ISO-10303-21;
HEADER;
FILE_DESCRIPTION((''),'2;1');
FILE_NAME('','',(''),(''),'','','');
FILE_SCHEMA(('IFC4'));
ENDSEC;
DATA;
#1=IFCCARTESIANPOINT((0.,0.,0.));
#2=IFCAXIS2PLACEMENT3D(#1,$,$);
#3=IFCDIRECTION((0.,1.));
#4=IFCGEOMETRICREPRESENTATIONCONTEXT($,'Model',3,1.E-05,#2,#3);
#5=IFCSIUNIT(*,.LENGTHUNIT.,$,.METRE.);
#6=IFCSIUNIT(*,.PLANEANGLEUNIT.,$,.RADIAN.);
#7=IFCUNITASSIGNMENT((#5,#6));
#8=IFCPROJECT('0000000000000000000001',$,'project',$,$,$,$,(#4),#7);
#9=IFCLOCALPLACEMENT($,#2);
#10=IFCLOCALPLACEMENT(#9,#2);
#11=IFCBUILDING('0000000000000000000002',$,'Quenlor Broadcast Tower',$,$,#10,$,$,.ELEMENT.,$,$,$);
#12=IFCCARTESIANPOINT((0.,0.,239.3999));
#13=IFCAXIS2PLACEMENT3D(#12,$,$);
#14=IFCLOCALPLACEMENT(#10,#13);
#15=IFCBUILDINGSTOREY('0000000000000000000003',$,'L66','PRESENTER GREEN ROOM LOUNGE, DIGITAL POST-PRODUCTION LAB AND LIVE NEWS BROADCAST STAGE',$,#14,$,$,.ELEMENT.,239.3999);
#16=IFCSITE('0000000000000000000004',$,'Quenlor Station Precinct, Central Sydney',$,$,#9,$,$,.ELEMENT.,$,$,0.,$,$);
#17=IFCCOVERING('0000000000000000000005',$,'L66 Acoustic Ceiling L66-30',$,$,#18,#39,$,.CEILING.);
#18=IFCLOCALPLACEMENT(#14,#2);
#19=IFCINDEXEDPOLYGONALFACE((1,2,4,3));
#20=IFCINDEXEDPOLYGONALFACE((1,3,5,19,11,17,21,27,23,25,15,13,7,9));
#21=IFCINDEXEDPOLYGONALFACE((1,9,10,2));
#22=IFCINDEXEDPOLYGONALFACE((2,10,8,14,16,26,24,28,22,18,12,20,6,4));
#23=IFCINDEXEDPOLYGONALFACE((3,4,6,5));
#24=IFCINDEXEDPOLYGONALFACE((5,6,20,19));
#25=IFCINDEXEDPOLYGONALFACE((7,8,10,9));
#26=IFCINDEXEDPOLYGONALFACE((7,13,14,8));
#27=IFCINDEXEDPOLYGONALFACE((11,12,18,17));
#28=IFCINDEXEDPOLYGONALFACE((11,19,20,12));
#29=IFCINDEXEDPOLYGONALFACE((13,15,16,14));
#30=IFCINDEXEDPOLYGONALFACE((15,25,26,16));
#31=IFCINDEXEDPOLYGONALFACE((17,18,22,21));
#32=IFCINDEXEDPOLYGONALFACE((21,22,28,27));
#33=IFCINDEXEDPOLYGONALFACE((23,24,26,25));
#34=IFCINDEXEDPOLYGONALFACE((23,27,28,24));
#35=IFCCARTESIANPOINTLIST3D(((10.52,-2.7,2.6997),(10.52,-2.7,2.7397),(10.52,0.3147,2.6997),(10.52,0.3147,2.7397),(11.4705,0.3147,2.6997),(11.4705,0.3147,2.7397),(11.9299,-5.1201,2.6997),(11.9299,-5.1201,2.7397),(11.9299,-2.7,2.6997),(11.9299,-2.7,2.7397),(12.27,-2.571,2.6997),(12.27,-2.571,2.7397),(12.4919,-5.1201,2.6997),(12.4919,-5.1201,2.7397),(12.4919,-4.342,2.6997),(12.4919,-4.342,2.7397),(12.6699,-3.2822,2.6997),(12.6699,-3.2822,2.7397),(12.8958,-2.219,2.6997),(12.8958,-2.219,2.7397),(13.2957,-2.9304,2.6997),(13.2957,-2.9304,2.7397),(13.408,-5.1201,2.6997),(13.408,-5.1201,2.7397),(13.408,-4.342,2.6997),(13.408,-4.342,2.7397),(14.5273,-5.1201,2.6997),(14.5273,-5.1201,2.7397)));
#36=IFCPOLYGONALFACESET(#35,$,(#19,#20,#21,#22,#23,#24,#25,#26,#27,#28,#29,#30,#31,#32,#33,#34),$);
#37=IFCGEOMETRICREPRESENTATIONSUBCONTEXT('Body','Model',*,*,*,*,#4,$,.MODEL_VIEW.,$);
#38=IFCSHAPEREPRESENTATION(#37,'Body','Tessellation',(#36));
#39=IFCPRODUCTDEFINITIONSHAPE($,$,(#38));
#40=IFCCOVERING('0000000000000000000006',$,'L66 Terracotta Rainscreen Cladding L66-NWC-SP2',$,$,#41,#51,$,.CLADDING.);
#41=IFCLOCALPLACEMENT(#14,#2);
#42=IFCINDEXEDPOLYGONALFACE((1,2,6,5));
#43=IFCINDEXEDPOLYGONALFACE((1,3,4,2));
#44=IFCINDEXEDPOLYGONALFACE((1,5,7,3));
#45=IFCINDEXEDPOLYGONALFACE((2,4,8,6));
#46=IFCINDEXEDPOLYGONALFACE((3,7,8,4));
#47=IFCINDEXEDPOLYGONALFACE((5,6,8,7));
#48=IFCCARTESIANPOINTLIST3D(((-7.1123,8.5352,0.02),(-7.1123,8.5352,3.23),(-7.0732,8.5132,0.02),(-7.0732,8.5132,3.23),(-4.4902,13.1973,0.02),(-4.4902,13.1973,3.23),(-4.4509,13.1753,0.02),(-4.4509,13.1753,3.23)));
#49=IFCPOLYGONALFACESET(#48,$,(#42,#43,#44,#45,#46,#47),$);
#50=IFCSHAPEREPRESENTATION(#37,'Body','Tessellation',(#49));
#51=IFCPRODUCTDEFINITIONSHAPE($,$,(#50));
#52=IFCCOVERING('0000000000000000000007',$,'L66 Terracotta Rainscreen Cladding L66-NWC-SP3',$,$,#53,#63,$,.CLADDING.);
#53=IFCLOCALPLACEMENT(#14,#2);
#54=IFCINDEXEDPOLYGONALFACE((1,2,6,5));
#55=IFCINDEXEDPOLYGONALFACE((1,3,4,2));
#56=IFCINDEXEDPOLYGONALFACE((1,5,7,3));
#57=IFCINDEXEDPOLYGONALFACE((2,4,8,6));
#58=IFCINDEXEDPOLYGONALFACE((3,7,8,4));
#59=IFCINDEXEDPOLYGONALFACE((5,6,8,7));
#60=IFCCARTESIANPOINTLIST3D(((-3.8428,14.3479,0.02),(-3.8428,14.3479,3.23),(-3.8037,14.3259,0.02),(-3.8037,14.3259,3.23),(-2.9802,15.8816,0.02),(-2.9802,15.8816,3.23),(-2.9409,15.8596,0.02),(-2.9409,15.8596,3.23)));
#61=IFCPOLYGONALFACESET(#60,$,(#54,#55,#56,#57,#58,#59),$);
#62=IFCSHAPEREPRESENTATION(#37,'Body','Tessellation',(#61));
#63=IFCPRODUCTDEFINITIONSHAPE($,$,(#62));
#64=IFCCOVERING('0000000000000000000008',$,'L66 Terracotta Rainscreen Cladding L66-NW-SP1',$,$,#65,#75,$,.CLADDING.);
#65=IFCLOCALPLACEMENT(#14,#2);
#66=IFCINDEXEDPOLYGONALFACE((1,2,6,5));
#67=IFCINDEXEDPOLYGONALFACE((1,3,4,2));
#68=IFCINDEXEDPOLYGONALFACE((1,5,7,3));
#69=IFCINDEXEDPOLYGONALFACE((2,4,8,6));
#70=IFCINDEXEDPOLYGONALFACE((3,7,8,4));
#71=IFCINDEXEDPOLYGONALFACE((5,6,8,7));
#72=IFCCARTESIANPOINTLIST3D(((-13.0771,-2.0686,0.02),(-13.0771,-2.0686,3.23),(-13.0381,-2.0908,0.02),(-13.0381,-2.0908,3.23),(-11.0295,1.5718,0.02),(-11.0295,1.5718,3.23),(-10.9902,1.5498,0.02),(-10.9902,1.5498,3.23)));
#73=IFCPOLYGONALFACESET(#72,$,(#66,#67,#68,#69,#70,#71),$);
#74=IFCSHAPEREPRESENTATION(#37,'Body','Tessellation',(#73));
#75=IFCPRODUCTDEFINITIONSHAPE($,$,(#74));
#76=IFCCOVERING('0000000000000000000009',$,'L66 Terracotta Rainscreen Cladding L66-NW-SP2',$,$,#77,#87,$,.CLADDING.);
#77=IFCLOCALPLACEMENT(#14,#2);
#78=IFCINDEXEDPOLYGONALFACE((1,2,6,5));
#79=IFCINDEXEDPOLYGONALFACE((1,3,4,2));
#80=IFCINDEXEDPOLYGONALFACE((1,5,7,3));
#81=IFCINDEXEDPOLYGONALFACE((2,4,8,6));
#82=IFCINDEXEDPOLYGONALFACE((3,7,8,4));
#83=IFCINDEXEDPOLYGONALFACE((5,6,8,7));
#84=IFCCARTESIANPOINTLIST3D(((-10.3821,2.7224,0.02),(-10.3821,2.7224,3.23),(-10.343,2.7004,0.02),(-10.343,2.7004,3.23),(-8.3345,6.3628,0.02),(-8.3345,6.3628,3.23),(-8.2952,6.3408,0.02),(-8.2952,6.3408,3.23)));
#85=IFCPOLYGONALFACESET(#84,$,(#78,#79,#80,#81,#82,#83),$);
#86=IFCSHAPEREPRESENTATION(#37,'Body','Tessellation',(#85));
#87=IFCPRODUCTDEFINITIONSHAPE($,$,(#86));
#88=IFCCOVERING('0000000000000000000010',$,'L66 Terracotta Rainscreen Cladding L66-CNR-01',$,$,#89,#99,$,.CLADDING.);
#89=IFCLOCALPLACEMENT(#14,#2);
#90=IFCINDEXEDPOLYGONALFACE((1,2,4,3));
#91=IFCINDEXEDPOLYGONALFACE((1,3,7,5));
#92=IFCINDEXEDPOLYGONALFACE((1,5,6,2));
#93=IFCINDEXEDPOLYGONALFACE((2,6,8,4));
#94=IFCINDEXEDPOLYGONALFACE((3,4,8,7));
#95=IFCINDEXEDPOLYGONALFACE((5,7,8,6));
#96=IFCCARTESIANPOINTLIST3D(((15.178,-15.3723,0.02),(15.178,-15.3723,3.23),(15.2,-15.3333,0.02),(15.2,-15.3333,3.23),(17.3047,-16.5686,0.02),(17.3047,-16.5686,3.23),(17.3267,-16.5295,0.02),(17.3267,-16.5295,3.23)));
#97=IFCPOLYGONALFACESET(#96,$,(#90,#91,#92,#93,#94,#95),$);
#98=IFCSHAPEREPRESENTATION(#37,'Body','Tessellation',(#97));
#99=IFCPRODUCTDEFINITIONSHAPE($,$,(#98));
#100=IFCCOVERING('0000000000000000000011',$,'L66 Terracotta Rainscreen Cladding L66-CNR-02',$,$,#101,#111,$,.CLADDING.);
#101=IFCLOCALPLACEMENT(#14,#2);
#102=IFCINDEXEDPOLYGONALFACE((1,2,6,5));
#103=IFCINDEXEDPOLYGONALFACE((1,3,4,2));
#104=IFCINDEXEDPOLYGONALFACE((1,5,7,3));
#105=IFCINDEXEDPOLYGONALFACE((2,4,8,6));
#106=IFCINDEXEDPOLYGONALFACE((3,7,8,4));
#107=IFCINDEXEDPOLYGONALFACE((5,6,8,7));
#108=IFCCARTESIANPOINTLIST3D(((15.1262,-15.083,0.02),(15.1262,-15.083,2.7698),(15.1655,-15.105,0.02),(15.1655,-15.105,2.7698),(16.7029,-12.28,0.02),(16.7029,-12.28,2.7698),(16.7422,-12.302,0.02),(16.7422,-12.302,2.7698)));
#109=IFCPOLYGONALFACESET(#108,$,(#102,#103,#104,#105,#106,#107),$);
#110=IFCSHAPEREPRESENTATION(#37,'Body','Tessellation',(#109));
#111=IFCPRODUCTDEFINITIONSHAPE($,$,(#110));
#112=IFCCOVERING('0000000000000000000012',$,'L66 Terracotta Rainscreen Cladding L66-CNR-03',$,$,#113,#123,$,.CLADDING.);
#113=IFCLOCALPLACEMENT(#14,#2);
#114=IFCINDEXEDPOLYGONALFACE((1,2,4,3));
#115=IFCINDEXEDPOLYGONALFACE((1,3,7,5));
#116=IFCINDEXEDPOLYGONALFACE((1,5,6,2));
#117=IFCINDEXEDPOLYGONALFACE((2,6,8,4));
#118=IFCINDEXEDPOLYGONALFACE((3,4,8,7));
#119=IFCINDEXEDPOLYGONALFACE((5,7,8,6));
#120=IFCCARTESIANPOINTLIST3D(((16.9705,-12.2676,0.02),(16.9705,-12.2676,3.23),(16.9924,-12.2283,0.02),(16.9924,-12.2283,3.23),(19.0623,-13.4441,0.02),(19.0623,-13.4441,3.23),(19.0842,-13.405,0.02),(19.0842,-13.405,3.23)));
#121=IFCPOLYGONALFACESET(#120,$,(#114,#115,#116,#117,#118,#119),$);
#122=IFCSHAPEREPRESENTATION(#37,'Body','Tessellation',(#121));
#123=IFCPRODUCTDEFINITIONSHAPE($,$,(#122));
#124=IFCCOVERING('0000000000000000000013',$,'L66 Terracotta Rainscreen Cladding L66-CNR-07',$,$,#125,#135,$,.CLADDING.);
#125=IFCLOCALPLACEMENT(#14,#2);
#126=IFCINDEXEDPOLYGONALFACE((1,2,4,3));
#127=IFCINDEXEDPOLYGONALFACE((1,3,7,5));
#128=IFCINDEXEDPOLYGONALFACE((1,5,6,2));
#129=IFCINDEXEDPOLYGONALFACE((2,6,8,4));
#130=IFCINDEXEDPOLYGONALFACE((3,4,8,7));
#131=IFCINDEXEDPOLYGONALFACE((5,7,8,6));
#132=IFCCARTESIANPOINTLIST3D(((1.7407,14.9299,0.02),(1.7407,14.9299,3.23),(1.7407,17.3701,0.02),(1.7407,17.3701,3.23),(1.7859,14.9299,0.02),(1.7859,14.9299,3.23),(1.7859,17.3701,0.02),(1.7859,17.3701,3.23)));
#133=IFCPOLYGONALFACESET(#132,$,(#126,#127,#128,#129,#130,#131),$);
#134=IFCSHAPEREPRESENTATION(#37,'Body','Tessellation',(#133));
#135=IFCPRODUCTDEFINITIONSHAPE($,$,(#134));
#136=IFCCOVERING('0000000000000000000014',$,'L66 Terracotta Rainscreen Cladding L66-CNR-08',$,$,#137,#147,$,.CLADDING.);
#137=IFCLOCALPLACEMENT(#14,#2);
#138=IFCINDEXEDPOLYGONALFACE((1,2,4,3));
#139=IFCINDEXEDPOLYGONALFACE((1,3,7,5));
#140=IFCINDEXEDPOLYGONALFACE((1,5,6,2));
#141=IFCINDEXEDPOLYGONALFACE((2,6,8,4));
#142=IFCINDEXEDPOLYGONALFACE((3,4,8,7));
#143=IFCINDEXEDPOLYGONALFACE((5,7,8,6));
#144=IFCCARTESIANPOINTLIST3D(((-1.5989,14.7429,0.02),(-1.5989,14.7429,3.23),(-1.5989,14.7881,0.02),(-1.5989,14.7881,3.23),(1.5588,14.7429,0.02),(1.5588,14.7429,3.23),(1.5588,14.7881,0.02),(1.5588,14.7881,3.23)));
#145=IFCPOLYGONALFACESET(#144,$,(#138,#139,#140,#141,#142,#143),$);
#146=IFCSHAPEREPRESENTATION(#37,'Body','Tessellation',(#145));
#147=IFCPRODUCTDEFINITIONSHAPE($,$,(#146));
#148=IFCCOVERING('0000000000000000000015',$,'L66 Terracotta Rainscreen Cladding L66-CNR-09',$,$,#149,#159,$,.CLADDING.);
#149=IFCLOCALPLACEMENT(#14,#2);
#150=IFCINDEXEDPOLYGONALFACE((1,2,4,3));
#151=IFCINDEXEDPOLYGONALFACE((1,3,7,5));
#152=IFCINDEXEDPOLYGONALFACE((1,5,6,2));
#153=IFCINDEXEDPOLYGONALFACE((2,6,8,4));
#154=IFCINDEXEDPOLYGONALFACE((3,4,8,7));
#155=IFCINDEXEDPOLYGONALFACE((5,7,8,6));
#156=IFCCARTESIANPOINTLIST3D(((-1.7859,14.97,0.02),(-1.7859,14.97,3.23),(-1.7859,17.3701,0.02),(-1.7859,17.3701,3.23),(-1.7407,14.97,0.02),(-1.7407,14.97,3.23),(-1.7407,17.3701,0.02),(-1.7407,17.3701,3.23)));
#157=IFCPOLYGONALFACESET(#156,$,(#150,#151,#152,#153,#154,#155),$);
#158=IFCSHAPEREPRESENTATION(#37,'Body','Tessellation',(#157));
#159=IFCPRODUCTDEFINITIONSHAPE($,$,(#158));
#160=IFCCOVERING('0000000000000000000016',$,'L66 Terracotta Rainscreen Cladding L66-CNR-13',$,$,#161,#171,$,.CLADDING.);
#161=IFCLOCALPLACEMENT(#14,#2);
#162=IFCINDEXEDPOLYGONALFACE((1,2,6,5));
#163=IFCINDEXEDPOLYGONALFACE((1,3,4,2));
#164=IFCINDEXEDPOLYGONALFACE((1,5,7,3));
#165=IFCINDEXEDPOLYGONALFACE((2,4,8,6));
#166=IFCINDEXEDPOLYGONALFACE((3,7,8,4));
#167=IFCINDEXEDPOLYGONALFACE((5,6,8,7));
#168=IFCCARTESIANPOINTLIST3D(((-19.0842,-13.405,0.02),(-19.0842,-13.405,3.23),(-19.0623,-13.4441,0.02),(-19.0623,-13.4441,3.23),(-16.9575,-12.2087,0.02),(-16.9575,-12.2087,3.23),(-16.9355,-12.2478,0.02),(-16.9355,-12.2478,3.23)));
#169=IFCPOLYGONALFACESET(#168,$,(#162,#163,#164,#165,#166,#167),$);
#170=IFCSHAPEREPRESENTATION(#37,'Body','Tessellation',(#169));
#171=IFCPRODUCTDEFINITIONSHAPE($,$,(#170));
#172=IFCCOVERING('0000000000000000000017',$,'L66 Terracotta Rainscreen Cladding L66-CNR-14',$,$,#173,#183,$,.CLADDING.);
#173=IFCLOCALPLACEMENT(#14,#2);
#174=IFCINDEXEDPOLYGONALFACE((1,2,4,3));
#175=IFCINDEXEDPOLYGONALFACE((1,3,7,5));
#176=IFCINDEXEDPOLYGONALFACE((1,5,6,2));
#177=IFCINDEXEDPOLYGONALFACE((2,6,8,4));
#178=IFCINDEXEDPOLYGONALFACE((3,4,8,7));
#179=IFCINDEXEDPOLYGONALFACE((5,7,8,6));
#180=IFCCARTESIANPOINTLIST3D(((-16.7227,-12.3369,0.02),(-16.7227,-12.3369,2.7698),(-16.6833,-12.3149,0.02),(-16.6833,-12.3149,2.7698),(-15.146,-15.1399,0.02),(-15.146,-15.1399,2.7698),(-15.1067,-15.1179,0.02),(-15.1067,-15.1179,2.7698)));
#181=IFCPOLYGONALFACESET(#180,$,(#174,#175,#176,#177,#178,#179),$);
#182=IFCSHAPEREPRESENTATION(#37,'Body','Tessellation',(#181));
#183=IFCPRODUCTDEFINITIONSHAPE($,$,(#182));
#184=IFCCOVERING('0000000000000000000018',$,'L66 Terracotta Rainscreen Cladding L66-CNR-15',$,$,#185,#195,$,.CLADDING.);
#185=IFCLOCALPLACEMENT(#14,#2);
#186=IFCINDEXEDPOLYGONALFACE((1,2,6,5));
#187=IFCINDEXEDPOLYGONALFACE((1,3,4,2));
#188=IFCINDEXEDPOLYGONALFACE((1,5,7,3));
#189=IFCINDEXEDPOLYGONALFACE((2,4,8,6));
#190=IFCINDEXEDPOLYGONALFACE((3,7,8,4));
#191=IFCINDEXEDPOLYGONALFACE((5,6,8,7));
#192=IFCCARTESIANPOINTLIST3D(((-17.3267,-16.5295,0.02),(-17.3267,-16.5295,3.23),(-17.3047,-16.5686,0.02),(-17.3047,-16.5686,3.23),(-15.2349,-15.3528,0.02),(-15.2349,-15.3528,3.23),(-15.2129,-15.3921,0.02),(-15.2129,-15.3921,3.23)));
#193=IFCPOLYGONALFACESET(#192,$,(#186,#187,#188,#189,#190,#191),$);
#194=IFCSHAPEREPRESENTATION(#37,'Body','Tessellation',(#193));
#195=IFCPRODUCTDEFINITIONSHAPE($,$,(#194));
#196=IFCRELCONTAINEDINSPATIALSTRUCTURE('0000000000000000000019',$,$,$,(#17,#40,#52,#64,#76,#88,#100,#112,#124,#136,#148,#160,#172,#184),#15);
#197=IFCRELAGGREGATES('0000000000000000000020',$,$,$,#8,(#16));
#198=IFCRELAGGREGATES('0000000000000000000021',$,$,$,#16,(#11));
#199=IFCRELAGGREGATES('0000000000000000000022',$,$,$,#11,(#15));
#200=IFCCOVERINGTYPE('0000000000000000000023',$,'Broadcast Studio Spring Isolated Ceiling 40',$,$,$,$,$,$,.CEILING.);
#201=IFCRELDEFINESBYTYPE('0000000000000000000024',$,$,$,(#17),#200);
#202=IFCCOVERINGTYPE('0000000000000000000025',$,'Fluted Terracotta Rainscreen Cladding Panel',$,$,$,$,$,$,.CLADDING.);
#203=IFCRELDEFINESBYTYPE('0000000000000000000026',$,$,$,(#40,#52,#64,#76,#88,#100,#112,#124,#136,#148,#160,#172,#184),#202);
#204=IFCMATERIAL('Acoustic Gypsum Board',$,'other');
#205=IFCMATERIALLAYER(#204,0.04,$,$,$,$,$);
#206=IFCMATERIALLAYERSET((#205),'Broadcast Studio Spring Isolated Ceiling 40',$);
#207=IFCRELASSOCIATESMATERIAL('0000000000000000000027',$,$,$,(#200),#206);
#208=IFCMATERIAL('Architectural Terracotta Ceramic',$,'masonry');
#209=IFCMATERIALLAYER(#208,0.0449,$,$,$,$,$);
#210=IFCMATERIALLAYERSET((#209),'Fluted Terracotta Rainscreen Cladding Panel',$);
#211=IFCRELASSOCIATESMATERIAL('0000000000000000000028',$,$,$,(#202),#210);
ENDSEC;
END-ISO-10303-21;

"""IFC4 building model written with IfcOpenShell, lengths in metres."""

from ifc_helpers import new_model, si_unit, direction, frame, origin, place, context, subcontext, project, spatial, polyline, outline, extrude, material, layer, layer_set, type_object, element, save


model = new_model("IFC4")

# Units and contexts
model_context = context("Model", 3, precision=1e-05, world=origin(), true_north=direction((0.0, 1.0)))
body_context = subcontext(model_context, "Body", "Model", "MODEL_VIEW")
ifc_project = project(units=[si_unit("LENGTHUNIT", "METRE"), si_unit("PLANEANGLEUNIT", "RADIAN")], contexts=[model_context])

# Site, building, storey
site_placement = place(None, origin())
site = spatial("IfcSite", under=ifc_project, at=site_placement, Name="Quenlor Station Precinct, Central Sydney", CompositionType="ELEMENT", RefElevation=0.0)
building_placement = place(site_placement, origin())
building = spatial("IfcBuilding", under=site, at=building_placement, Name="Quenlor Broadcast Tower", CompositionType="ELEMENT")
storey_placement = place(building_placement, frame((0.0, 0.0, 239.3999)))
storey = spatial("IfcBuildingStorey", under=building, at=storey_placement, Name="L66", Description="PRESENTER GREEN ROOM LOUNGE, DIGITAL POST-PRODUCTION LAB AND LIVE NEWS BROADCAST STAGE", CompositionType="ELEMENT", Elevation=239.3999)

# Coverings
ifc_material_1 = material(Name="Acoustic Gypsum Board", Category="other")
ifc_layer_1 = layer(ifc_material_1, 0.04)
ifc_layer_set_1 = layer_set([ifc_layer_1], Name="Broadcast Studio Spring Isolated Ceiling 40")
covering_type_1 = type_object("IfcCoveringType", Name="Broadcast Studio Spring Isolated Ceiling 40", PredefinedType="CEILING", material=ifc_layer_set_1)
covering_1_placement = place(storey_placement, frame((0.0, 0.0, 2.6997)))
element("IfcCovering", 1, at=covering_1_placement, inside=storey, type_object=covering_type_1, Name="L66 Acoustic Ceiling L66-30", PredefinedType="CEILING", context=body_context, shape_type="SweptSolid", body=[
    extrude(outline(polyline([(13.408, -4.342), (12.4919, -4.342), (12.4919, -5.1201), (11.9299, -5.1201), (11.9299, -2.7), (10.52, -2.7), (10.52, 0.3147), (11.4705, 0.3147), (12.8958, -2.219), (12.27, -2.571), (12.6699, -3.2822), (13.2957, -2.9304), (14.5273, -5.1201), (13.408, -5.1201), (13.408, -4.342)])), origin(), (0.0, 0.0, 1.0), 0.04),
])
ifc_material_2 = material(Name="Architectural Terracotta Ceramic", Category="masonry")
ifc_layer_2 = layer(ifc_material_2, 0.0449)
ifc_layer_set_2 = layer_set([ifc_layer_2], Name="Fluted Terracotta Rainscreen Cladding Panel")
covering_type_2 = type_object("IfcCoveringType", Name="Fluted Terracotta Rainscreen Cladding Panel", PredefinedType="CLADDING", material=ifc_layer_set_2)
covering_2_placement = place(storey_placement, frame((0.0, 0.0, 0.02)))
element("IfcCovering", 2, at=covering_2_placement, inside=storey, type_object=covering_type_2, Name="L66 Terracotta Rainscreen Cladding L66-NWC-SP2", PredefinedType="CLADDING", context=body_context, shape_type="SweptSolid", body=[
    extrude(outline(polyline([(-7.0732, 8.5132), (-4.4509, 13.1753), (-4.4902, 13.1973), (-7.1123, 8.5352), (-7.0732, 8.5132)])), origin(), (0.0, 0.0, 1.0), 3.21),
])
covering_3_placement = place(storey_placement, frame((0.0, 0.0, 0.02)))
element("IfcCovering", 3, at=covering_3_placement, inside=storey, type_object=covering_type_2, Name="L66 Terracotta Rainscreen Cladding L66-NWC-SP3", PredefinedType="CLADDING", context=body_context, shape_type="SweptSolid", body=[
    extrude(outline(polyline([(-3.8037, 14.3259), (-2.9409, 15.8596), (-2.9802, 15.8816), (-3.8428, 14.3479), (-3.8037, 14.3259)])), origin(), (0.0, 0.0, 1.0), 3.21),
])
covering_4_placement = place(storey_placement, frame((0.0, 0.0, 0.02)))
element("IfcCovering", 4, at=covering_4_placement, inside=storey, type_object=covering_type_2, Name="L66 Terracotta Rainscreen Cladding L66-NW-SP1", PredefinedType="CLADDING", context=body_context, shape_type="SweptSolid", body=[
    extrude(outline(polyline([(-13.0381, -2.0908), (-10.9902, 1.5498), (-11.0295, 1.5718), (-13.0771, -2.0686), (-13.0381, -2.0908)])), origin(), (0.0, 0.0, 1.0), 3.21),
])
covering_5_placement = place(storey_placement, frame((0.0, 0.0, 0.02)))
element("IfcCovering", 5, at=covering_5_placement, inside=storey, type_object=covering_type_2, Name="L66 Terracotta Rainscreen Cladding L66-NW-SP2", PredefinedType="CLADDING", context=body_context, shape_type="SweptSolid", body=[
    extrude(outline(polyline([(-10.343, 2.7004), (-8.2952, 6.3408), (-8.3345, 6.3628), (-10.3821, 2.7224), (-10.343, 2.7004)])), origin(), (0.0, 0.0, 1.0), 3.21),
])
covering_6_placement = place(storey_placement, frame((0.0, 0.0, 0.02)))
element("IfcCovering", 6, at=covering_6_placement, inside=storey, type_object=covering_type_2, Name="L66 Terracotta Rainscreen Cladding L66-CNR-01", PredefinedType="CLADDING", context=body_context, shape_type="SweptSolid", body=[
    extrude(outline(polyline([(17.3267, -16.5295), (15.2, -15.3333), (15.178, -15.3723), (17.3047, -16.5686), (17.3267, -16.5295)])), origin(), (0.0, 0.0, 1.0), 3.21),
])
covering_7_placement = place(storey_placement, frame((0.0, 0.0, 0.02)))
element("IfcCovering", 7, at=covering_7_placement, inside=storey, type_object=covering_type_2, Name="L66 Terracotta Rainscreen Cladding L66-CNR-02", PredefinedType="CLADDING", context=body_context, shape_type="SweptSolid", body=[
    extrude(outline(polyline([(15.1655, -15.105), (16.7422, -12.302), (16.7029, -12.28), (15.1262, -15.083), (15.1655, -15.105)])), origin(), (0.0, 0.0, 1.0), 2.7498),
])
covering_8_placement = place(storey_placement, frame((0.0, 0.0, 0.02)))
element("IfcCovering", 8, at=covering_8_placement, inside=storey, type_object=covering_type_2, Name="L66 Terracotta Rainscreen Cladding L66-CNR-03", PredefinedType="CLADDING", context=body_context, shape_type="SweptSolid", body=[
    extrude(outline(polyline([(16.9705, -12.2676), (19.0623, -13.4441), (19.0842, -13.405), (16.9924, -12.2283), (16.9705, -12.2676)])), origin(), (0.0, 0.0, 1.0), 3.21),
])
covering_9_placement = place(storey_placement, frame((0.0, 0.0, 0.02)))
element("IfcCovering", 9, at=covering_9_placement, inside=storey, type_object=covering_type_2, Name="L66 Terracotta Rainscreen Cladding L66-CNR-07", PredefinedType="CLADDING", context=body_context, shape_type="SweptSolid", body=[
    extrude(outline(polyline([(1.7407, 17.3701), (1.7407, 14.9299), (1.7859, 14.9299), (1.7859, 17.3701), (1.7407, 17.3701)])), origin(), (0.0, 0.0, 1.0), 3.21),
])
covering_10_placement = place(storey_placement, frame((0.0, 0.0, 0.02)))
element("IfcCovering", 10, at=covering_10_placement, inside=storey, type_object=covering_type_2, Name="L66 Terracotta Rainscreen Cladding L66-CNR-08", PredefinedType="CLADDING", context=body_context, shape_type="SweptSolid", body=[
    extrude(outline(polyline([(1.5588, 14.7881), (-1.5989, 14.7881), (-1.5989, 14.7429), (1.5588, 14.7429), (1.5588, 14.7881)])), origin(), (0.0, 0.0, 1.0), 3.21),
])
covering_11_placement = place(storey_placement, frame((0.0, 0.0, 0.02)))
element("IfcCovering", 11, at=covering_11_placement, inside=storey, type_object=covering_type_2, Name="L66 Terracotta Rainscreen Cladding L66-CNR-09", PredefinedType="CLADDING", context=body_context, shape_type="SweptSolid", body=[
    extrude(outline(polyline([(-1.7407, 14.97), (-1.7407, 17.3701), (-1.7859, 17.3701), (-1.7859, 14.97), (-1.7407, 14.97)])), origin(), (0.0, 0.0, 1.0), 3.21),
])
covering_12_placement = place(storey_placement, frame((0.0, 0.0, 0.02)))
element("IfcCovering", 12, at=covering_12_placement, inside=storey, type_object=covering_type_2, Name="L66 Terracotta Rainscreen Cladding L66-CNR-13", PredefinedType="CLADDING", context=body_context, shape_type="SweptSolid", body=[
    extrude(outline(polyline([(-19.0623, -13.4441), (-16.9355, -12.2478), (-16.9575, -12.2087), (-19.0842, -13.405), (-19.0623, -13.4441)])), origin(), (0.0, 0.0, 1.0), 3.21),
])
covering_13_placement = place(storey_placement, frame((0.0, 0.0, 0.02)))
element("IfcCovering", 13, at=covering_13_placement, inside=storey, type_object=covering_type_2, Name="L66 Terracotta Rainscreen Cladding L66-CNR-14", PredefinedType="CLADDING", context=body_context, shape_type="SweptSolid", body=[
    extrude(outline(polyline([(-16.7227, -12.3369), (-15.146, -15.1399), (-15.1067, -15.1179), (-16.6833, -12.3149), (-16.7227, -12.3369)])), origin(), (0.0, 0.0, 1.0), 2.7498),
])
covering_14_placement = place(storey_placement, frame((0.0, 0.0, 0.02)))
element("IfcCovering", 14, at=covering_14_placement, inside=storey, type_object=covering_type_2, Name="L66 Terracotta Rainscreen Cladding L66-CNR-15", PredefinedType="CLADDING", context=body_context, shape_type="SweptSolid", body=[
    extrude(outline(polyline([(-15.2349, -15.3528), (-17.3267, -16.5295), (-17.3047, -16.5686), (-15.2129, -15.3921), (-15.2349, -15.3528)])), origin(), (0.0, 0.0, 1.0), 3.21),
])

save(model, "model.ifc")
